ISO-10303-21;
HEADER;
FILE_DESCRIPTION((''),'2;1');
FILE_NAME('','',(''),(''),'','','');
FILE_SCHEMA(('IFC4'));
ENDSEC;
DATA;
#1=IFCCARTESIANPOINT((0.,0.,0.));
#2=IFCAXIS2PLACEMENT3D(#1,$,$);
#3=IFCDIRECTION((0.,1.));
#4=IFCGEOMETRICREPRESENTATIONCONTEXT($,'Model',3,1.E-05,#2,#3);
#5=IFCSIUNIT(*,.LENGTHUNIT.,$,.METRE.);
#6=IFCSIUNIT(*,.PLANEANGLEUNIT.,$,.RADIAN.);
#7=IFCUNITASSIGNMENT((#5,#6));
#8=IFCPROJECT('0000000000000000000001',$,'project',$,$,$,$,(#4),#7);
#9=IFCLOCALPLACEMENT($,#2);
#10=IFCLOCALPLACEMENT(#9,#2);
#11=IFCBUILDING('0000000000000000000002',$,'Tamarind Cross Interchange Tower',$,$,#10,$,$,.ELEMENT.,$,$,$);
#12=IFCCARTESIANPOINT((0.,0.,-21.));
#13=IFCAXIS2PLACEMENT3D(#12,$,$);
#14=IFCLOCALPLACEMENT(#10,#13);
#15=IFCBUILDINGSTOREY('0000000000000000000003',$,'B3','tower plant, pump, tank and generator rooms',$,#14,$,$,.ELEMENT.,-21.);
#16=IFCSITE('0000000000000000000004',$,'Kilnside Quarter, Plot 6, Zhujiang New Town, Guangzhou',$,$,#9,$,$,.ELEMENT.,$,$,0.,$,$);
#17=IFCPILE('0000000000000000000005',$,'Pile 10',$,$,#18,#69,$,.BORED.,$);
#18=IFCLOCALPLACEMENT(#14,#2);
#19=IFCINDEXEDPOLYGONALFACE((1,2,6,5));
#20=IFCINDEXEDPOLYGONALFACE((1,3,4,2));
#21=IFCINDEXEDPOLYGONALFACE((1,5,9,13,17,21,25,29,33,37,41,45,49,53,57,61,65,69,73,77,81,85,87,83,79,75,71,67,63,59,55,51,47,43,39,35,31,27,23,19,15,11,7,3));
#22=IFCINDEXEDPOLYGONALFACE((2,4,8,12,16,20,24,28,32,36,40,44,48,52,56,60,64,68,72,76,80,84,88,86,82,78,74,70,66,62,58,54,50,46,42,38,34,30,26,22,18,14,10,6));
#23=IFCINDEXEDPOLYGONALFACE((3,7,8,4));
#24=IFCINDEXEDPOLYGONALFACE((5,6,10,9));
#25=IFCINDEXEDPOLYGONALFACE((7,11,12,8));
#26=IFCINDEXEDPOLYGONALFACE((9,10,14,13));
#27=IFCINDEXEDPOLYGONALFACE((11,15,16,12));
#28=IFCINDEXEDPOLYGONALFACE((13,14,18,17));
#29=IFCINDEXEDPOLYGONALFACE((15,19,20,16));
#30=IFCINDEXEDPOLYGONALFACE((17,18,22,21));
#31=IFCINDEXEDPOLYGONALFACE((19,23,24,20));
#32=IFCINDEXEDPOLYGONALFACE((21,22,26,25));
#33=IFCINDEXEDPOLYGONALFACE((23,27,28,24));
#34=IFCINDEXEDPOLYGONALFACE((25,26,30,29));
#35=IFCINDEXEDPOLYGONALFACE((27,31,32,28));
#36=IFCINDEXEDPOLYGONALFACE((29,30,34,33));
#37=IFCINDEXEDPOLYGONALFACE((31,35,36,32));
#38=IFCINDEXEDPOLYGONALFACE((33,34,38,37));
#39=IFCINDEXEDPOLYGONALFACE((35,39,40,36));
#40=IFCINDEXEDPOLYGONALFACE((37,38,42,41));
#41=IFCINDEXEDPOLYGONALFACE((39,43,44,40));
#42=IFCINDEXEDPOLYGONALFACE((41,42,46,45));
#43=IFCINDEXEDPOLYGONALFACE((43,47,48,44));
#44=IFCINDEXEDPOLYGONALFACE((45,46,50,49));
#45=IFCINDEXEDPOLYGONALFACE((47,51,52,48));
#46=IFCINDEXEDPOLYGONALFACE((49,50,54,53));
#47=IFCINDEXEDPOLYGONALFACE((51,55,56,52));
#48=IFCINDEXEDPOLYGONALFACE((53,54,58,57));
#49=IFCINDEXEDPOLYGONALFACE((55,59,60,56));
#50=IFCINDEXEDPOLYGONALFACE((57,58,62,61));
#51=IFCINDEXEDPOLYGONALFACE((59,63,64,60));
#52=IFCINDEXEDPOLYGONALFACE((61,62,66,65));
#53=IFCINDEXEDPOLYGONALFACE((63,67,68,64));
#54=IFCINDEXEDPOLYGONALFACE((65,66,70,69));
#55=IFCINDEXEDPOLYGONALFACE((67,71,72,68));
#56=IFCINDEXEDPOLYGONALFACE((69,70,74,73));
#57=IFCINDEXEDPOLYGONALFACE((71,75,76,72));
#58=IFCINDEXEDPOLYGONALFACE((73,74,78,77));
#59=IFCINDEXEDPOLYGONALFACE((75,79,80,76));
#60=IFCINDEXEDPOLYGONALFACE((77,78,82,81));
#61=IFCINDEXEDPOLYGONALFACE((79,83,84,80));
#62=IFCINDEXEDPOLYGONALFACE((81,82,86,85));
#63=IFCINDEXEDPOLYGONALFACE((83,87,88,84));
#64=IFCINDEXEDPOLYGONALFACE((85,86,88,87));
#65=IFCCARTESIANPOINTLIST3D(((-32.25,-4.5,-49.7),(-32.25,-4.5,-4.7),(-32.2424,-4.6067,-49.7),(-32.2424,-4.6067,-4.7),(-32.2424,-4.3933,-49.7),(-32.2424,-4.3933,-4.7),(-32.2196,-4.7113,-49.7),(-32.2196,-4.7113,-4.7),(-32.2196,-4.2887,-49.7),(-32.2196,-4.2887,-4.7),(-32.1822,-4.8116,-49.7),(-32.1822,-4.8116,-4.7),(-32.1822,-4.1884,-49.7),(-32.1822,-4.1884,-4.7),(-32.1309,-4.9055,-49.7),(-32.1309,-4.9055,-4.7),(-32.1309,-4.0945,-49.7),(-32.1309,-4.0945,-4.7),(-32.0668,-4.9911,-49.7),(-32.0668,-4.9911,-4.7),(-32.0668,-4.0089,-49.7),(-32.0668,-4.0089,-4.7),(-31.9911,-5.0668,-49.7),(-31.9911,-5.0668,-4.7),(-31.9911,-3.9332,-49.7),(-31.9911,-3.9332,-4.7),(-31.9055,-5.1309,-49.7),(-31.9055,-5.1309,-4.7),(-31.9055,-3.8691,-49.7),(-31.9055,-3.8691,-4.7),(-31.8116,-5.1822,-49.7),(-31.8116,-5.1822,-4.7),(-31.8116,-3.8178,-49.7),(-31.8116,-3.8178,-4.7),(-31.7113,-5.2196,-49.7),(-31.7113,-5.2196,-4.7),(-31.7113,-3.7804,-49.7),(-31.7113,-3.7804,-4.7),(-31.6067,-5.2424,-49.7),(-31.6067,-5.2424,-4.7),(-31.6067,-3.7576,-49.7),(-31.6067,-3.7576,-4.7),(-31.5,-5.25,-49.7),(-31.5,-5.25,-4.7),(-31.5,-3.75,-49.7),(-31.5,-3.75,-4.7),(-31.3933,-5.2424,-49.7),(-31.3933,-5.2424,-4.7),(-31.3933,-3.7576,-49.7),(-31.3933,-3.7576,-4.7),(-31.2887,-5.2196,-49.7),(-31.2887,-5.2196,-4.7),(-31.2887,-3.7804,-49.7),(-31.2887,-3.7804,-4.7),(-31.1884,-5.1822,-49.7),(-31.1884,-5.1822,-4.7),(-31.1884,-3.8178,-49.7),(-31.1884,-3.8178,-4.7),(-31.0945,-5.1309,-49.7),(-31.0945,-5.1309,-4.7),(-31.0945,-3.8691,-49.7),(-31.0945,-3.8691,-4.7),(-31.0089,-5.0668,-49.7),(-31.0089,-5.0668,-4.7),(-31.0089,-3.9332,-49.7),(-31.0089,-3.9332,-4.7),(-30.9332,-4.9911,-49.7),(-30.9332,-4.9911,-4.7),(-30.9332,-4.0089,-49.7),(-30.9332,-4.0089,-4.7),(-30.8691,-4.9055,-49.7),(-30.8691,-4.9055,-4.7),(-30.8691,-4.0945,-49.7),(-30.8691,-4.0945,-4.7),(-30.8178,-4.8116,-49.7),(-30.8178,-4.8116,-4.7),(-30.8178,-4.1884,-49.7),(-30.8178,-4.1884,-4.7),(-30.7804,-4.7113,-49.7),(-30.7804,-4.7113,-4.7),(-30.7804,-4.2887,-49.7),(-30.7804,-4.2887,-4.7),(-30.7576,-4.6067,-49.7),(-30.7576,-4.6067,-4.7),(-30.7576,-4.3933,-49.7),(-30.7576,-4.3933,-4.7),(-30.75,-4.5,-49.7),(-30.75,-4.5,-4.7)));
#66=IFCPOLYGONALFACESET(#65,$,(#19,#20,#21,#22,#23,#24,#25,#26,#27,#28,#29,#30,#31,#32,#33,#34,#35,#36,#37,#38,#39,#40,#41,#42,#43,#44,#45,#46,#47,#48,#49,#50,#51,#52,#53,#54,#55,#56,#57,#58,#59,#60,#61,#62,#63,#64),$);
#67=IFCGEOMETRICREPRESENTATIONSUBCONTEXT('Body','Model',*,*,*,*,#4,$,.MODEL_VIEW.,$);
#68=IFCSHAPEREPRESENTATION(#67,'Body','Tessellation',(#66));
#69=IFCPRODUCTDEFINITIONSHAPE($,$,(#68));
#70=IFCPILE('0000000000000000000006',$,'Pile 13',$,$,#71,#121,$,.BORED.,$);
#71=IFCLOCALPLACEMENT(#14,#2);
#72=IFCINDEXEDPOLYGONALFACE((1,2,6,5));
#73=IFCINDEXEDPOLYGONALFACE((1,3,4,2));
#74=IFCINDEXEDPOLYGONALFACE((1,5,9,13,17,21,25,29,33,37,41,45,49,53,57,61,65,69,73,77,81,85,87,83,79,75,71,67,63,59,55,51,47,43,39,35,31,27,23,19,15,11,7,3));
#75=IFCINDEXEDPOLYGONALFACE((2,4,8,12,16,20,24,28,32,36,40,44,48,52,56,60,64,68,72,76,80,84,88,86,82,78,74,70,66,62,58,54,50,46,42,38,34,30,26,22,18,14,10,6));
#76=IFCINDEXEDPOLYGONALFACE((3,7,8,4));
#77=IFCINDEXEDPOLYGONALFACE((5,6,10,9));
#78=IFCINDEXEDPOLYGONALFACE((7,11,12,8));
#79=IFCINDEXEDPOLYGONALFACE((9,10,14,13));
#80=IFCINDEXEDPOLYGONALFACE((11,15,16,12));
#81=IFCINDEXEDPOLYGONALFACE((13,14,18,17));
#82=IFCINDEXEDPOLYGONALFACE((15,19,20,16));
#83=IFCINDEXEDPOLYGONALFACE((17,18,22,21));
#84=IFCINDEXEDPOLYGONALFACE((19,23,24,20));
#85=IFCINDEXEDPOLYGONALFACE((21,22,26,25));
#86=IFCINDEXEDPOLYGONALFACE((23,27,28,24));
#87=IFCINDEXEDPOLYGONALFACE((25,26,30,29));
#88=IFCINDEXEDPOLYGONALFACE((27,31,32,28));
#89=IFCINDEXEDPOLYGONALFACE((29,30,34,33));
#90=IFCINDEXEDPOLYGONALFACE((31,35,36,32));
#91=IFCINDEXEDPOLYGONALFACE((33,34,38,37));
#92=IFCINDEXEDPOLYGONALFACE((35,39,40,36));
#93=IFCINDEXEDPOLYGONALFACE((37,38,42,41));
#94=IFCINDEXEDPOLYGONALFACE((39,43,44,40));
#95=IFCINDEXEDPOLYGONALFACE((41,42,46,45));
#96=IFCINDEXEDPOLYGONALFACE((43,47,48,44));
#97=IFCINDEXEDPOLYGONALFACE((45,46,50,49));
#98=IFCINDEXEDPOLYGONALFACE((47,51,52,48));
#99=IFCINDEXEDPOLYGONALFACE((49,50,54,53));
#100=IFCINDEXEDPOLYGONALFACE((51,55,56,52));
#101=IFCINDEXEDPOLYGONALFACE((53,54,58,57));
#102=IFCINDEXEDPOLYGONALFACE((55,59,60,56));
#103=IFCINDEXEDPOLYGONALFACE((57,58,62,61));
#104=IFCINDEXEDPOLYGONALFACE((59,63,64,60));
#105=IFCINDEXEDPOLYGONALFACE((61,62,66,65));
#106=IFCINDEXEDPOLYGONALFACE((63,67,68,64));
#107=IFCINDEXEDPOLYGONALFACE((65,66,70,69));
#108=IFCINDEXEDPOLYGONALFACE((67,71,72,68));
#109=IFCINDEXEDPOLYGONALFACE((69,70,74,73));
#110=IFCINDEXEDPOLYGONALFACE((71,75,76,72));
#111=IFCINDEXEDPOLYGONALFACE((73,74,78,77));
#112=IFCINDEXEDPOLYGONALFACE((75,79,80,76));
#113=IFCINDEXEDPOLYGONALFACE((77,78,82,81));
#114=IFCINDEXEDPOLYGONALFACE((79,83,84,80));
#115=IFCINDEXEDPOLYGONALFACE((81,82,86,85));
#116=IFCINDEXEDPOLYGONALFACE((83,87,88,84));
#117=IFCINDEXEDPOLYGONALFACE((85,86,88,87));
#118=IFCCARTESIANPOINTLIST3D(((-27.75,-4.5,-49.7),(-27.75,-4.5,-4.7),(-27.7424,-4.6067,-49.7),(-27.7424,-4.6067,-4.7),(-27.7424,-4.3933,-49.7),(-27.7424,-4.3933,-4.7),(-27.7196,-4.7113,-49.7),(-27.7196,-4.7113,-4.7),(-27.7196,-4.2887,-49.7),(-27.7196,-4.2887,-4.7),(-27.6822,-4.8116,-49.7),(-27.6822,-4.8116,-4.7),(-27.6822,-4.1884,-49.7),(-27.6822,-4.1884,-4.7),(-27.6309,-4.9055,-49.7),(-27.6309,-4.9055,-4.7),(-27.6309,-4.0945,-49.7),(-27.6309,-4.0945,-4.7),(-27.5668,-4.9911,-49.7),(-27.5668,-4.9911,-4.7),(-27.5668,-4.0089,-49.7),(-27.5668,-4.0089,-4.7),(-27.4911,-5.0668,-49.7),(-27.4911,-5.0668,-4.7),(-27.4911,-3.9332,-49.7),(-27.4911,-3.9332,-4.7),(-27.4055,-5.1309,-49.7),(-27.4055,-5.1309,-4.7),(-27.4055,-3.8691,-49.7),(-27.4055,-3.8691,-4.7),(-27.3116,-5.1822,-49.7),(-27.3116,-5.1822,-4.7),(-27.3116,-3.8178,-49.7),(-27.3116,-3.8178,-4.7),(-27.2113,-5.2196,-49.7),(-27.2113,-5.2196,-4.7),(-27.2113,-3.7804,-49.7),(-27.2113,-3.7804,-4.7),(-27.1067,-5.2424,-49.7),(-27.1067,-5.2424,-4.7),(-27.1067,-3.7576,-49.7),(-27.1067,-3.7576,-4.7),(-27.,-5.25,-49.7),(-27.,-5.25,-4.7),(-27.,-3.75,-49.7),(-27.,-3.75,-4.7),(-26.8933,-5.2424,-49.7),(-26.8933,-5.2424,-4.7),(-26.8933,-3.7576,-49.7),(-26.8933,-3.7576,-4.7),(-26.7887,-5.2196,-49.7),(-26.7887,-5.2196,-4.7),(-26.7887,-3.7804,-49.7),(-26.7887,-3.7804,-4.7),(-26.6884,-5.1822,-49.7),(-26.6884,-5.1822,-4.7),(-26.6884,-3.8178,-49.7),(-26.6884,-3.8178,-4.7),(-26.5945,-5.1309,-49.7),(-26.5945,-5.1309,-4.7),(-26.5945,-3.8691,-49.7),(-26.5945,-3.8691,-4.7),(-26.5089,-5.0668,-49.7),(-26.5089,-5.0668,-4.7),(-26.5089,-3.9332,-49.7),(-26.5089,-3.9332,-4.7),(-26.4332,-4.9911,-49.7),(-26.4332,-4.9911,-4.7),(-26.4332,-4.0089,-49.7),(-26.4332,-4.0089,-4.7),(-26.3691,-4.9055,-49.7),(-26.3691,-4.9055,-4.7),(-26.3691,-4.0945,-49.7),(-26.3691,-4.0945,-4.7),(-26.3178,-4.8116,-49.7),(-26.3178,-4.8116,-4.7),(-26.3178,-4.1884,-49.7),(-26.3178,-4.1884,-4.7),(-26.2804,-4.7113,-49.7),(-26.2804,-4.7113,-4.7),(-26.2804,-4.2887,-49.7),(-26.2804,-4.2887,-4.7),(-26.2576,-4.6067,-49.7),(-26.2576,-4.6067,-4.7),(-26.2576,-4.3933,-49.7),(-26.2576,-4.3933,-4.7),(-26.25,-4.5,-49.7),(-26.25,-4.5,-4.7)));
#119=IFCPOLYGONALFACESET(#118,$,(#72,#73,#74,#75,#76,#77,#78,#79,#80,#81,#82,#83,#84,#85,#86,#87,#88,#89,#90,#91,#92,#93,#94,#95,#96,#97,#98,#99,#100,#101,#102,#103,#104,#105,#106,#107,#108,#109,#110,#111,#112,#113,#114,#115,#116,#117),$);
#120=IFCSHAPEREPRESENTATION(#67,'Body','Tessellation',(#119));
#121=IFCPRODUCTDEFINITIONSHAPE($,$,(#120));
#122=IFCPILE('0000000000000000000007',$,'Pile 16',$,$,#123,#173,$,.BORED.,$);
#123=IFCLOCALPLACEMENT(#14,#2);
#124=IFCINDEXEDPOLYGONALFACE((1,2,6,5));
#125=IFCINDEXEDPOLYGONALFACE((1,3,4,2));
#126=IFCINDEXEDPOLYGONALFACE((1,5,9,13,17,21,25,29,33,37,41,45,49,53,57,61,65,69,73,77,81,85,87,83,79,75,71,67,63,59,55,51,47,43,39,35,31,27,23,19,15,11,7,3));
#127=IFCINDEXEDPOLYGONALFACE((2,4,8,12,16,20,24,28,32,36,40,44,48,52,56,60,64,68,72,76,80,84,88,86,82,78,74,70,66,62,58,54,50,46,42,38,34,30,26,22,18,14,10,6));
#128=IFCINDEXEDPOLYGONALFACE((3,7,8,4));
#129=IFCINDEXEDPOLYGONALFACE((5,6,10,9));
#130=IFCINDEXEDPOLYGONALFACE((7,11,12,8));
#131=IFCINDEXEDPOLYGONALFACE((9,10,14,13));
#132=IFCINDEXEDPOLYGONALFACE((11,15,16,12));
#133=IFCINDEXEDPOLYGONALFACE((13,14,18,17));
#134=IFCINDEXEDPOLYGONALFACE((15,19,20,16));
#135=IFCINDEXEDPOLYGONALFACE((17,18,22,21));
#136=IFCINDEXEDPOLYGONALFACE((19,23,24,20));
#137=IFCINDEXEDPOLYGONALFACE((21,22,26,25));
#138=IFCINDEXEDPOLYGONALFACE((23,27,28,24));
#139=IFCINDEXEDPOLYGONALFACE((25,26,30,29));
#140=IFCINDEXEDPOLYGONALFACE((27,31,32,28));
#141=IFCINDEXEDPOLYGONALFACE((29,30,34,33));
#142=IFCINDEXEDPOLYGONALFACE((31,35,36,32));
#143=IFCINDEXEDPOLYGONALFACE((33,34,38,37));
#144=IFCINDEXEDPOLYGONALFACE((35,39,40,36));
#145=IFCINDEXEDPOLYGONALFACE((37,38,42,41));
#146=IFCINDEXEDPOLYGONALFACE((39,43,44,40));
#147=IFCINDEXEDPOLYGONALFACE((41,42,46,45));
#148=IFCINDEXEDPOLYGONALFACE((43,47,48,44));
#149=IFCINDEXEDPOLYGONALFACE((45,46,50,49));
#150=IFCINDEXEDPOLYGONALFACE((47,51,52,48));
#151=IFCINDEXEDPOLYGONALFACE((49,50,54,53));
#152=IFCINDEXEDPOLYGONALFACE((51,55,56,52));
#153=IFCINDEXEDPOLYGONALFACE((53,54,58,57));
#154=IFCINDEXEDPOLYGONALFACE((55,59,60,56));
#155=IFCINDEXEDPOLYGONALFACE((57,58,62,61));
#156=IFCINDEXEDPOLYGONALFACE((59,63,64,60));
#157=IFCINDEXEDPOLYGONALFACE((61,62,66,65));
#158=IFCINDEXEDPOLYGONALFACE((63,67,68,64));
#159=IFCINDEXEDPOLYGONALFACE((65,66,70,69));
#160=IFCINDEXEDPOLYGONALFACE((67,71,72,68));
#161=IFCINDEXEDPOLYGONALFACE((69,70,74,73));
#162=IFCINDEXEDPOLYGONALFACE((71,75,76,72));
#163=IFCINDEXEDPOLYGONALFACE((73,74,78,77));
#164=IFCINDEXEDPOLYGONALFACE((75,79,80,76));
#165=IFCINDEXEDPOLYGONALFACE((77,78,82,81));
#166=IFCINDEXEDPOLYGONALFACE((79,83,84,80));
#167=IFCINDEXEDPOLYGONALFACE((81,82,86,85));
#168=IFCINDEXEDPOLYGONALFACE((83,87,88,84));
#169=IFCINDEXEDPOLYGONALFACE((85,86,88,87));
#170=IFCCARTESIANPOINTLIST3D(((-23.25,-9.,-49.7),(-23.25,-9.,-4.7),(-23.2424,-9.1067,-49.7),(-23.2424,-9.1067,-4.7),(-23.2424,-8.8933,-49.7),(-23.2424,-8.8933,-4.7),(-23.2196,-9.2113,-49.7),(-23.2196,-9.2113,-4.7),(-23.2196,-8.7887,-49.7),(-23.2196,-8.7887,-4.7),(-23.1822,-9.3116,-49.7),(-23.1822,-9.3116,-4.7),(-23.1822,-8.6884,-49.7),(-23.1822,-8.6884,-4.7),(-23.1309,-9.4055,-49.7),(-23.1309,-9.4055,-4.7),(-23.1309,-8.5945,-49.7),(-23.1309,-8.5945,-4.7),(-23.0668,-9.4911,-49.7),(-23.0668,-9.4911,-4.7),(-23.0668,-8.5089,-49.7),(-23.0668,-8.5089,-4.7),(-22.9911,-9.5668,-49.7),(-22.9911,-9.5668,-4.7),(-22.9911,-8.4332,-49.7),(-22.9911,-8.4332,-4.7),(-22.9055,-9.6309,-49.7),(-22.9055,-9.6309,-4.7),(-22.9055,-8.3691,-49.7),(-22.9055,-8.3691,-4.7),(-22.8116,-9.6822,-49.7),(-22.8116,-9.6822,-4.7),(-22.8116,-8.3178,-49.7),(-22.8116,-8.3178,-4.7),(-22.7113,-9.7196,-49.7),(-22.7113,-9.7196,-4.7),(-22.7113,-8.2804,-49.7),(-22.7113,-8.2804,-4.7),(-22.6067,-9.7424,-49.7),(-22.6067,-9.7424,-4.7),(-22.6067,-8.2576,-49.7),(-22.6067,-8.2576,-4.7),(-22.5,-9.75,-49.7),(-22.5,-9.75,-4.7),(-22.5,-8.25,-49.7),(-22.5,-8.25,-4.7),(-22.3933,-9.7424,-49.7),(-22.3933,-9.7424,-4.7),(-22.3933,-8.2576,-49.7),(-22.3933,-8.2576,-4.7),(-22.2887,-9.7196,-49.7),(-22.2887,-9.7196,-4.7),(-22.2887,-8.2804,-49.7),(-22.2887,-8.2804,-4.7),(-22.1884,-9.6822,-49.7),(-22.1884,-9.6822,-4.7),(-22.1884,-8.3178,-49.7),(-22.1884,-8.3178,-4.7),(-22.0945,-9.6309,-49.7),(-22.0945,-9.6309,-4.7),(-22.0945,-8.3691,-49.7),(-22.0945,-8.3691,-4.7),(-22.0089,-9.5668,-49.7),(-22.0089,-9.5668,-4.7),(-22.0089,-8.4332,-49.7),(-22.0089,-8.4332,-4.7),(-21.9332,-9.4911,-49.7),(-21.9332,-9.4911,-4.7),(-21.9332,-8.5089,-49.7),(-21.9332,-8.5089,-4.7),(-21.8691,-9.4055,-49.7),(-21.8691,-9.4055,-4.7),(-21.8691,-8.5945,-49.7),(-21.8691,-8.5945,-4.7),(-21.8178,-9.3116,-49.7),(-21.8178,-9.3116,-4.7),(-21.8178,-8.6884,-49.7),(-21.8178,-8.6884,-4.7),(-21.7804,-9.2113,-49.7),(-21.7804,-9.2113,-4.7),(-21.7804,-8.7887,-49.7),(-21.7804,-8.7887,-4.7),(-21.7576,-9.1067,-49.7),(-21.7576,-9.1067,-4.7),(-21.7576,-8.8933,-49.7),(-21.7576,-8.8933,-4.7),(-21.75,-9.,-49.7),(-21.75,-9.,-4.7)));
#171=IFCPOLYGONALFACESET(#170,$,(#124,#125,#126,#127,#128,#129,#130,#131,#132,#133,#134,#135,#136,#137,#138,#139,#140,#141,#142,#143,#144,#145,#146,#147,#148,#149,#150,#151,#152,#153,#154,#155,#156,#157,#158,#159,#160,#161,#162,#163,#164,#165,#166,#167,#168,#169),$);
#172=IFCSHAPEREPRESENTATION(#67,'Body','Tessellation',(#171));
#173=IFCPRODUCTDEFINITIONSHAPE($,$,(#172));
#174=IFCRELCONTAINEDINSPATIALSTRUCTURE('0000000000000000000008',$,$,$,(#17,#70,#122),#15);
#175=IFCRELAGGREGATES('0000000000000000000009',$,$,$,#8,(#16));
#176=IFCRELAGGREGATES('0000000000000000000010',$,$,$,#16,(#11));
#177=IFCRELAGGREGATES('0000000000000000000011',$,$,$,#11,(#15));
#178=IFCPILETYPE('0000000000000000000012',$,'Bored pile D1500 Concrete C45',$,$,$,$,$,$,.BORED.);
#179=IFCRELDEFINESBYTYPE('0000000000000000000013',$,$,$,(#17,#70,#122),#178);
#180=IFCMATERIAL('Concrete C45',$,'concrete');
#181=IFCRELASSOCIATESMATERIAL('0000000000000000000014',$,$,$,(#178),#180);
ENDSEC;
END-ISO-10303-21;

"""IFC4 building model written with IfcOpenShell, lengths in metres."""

from ifc_helpers import new_model, si_unit, direction, frame, origin, origin_2d, place, context, subcontext, project, spatial, circle, extrude, material, material_profile, profile_set, type_object, element, save


model = new_model("IFC4")

# Units and contexts
model_context = context("Model", 3, precision=1e-05, world=origin(), true_north=direction((0.0, 1.0)))
body_context = subcontext(model_context, "Body", "Model", "MODEL_VIEW")
ifc_project = project(units=[si_unit("LENGTHUNIT", "METRE"), si_unit("PLANEANGLEUNIT", "RADIAN")], contexts=[model_context])

# Site, building, storey
site_placement = place(None, origin())
site = spatial("IfcSite", under=ifc_project, at=site_placement, Name="Kilnside Quarter, Plot 6, Zhujiang New Town, Guangzhou", CompositionType="ELEMENT", RefElevation=0.0)
building_placement = place(site_placement, origin())
building = spatial("IfcBuilding", under=site, at=building_placement, Name="Tamarind Cross Interchange Tower", CompositionType="ELEMENT")
storey_placement = place(building_placement, frame((0.0, 0.0, -21.0)))
storey = spatial("IfcBuildingStorey", under=building, at=storey_placement, Name="B3", Description="tower plant, pump, tank and generator rooms", CompositionType="ELEMENT", Elevation=-21.0)

# Piles
ifc_material_1 = material(Name="Concrete C45", Category="concrete")
ifc_material_profile_1 = material_profile(ifc_material_1, circle(Radius=0.75, at=origin_2d()), Name="RC D1500")
ifc_profile_set_1 = profile_set([ifc_material_profile_1], Name="Concrete C45")
pile_type = type_object("IfcPileType", Name="Bored pile D1500 Concrete C45", PredefinedType="BORED", material=ifc_profile_set_1)
for number, where, z_axis, x_axis, name in (
    (1, (-31.5, -4.5, -4.7), (0.0, 0.0, -1.0), (1.0, 0.0, 0.0), "Pile 10"),
    (2, (-27.0, -4.5, -4.7), (0.0, 0.0, -1.0), (1.0, 0.0, 0.0), "Pile 13"),
    (3, (-22.5, -9.0, -4.7), (0.0, 0.0, -1.0), (1.0, 0.0, 0.0), "Pile 16"),
):
    element("IfcPile", number, at=place(storey_placement, frame(where, z_axis=z_axis, x_axis=x_axis)), inside=storey, type_object=pile_type, Name=name, PredefinedType="BORED", context=body_context, shape_type="SweptSolid", body=[
        extrude(circle(Radius=0.75, at=origin_2d()), origin(), (0.0, 0.0, 1.0), 45.0),
    ])

save(model, "model.ifc")
